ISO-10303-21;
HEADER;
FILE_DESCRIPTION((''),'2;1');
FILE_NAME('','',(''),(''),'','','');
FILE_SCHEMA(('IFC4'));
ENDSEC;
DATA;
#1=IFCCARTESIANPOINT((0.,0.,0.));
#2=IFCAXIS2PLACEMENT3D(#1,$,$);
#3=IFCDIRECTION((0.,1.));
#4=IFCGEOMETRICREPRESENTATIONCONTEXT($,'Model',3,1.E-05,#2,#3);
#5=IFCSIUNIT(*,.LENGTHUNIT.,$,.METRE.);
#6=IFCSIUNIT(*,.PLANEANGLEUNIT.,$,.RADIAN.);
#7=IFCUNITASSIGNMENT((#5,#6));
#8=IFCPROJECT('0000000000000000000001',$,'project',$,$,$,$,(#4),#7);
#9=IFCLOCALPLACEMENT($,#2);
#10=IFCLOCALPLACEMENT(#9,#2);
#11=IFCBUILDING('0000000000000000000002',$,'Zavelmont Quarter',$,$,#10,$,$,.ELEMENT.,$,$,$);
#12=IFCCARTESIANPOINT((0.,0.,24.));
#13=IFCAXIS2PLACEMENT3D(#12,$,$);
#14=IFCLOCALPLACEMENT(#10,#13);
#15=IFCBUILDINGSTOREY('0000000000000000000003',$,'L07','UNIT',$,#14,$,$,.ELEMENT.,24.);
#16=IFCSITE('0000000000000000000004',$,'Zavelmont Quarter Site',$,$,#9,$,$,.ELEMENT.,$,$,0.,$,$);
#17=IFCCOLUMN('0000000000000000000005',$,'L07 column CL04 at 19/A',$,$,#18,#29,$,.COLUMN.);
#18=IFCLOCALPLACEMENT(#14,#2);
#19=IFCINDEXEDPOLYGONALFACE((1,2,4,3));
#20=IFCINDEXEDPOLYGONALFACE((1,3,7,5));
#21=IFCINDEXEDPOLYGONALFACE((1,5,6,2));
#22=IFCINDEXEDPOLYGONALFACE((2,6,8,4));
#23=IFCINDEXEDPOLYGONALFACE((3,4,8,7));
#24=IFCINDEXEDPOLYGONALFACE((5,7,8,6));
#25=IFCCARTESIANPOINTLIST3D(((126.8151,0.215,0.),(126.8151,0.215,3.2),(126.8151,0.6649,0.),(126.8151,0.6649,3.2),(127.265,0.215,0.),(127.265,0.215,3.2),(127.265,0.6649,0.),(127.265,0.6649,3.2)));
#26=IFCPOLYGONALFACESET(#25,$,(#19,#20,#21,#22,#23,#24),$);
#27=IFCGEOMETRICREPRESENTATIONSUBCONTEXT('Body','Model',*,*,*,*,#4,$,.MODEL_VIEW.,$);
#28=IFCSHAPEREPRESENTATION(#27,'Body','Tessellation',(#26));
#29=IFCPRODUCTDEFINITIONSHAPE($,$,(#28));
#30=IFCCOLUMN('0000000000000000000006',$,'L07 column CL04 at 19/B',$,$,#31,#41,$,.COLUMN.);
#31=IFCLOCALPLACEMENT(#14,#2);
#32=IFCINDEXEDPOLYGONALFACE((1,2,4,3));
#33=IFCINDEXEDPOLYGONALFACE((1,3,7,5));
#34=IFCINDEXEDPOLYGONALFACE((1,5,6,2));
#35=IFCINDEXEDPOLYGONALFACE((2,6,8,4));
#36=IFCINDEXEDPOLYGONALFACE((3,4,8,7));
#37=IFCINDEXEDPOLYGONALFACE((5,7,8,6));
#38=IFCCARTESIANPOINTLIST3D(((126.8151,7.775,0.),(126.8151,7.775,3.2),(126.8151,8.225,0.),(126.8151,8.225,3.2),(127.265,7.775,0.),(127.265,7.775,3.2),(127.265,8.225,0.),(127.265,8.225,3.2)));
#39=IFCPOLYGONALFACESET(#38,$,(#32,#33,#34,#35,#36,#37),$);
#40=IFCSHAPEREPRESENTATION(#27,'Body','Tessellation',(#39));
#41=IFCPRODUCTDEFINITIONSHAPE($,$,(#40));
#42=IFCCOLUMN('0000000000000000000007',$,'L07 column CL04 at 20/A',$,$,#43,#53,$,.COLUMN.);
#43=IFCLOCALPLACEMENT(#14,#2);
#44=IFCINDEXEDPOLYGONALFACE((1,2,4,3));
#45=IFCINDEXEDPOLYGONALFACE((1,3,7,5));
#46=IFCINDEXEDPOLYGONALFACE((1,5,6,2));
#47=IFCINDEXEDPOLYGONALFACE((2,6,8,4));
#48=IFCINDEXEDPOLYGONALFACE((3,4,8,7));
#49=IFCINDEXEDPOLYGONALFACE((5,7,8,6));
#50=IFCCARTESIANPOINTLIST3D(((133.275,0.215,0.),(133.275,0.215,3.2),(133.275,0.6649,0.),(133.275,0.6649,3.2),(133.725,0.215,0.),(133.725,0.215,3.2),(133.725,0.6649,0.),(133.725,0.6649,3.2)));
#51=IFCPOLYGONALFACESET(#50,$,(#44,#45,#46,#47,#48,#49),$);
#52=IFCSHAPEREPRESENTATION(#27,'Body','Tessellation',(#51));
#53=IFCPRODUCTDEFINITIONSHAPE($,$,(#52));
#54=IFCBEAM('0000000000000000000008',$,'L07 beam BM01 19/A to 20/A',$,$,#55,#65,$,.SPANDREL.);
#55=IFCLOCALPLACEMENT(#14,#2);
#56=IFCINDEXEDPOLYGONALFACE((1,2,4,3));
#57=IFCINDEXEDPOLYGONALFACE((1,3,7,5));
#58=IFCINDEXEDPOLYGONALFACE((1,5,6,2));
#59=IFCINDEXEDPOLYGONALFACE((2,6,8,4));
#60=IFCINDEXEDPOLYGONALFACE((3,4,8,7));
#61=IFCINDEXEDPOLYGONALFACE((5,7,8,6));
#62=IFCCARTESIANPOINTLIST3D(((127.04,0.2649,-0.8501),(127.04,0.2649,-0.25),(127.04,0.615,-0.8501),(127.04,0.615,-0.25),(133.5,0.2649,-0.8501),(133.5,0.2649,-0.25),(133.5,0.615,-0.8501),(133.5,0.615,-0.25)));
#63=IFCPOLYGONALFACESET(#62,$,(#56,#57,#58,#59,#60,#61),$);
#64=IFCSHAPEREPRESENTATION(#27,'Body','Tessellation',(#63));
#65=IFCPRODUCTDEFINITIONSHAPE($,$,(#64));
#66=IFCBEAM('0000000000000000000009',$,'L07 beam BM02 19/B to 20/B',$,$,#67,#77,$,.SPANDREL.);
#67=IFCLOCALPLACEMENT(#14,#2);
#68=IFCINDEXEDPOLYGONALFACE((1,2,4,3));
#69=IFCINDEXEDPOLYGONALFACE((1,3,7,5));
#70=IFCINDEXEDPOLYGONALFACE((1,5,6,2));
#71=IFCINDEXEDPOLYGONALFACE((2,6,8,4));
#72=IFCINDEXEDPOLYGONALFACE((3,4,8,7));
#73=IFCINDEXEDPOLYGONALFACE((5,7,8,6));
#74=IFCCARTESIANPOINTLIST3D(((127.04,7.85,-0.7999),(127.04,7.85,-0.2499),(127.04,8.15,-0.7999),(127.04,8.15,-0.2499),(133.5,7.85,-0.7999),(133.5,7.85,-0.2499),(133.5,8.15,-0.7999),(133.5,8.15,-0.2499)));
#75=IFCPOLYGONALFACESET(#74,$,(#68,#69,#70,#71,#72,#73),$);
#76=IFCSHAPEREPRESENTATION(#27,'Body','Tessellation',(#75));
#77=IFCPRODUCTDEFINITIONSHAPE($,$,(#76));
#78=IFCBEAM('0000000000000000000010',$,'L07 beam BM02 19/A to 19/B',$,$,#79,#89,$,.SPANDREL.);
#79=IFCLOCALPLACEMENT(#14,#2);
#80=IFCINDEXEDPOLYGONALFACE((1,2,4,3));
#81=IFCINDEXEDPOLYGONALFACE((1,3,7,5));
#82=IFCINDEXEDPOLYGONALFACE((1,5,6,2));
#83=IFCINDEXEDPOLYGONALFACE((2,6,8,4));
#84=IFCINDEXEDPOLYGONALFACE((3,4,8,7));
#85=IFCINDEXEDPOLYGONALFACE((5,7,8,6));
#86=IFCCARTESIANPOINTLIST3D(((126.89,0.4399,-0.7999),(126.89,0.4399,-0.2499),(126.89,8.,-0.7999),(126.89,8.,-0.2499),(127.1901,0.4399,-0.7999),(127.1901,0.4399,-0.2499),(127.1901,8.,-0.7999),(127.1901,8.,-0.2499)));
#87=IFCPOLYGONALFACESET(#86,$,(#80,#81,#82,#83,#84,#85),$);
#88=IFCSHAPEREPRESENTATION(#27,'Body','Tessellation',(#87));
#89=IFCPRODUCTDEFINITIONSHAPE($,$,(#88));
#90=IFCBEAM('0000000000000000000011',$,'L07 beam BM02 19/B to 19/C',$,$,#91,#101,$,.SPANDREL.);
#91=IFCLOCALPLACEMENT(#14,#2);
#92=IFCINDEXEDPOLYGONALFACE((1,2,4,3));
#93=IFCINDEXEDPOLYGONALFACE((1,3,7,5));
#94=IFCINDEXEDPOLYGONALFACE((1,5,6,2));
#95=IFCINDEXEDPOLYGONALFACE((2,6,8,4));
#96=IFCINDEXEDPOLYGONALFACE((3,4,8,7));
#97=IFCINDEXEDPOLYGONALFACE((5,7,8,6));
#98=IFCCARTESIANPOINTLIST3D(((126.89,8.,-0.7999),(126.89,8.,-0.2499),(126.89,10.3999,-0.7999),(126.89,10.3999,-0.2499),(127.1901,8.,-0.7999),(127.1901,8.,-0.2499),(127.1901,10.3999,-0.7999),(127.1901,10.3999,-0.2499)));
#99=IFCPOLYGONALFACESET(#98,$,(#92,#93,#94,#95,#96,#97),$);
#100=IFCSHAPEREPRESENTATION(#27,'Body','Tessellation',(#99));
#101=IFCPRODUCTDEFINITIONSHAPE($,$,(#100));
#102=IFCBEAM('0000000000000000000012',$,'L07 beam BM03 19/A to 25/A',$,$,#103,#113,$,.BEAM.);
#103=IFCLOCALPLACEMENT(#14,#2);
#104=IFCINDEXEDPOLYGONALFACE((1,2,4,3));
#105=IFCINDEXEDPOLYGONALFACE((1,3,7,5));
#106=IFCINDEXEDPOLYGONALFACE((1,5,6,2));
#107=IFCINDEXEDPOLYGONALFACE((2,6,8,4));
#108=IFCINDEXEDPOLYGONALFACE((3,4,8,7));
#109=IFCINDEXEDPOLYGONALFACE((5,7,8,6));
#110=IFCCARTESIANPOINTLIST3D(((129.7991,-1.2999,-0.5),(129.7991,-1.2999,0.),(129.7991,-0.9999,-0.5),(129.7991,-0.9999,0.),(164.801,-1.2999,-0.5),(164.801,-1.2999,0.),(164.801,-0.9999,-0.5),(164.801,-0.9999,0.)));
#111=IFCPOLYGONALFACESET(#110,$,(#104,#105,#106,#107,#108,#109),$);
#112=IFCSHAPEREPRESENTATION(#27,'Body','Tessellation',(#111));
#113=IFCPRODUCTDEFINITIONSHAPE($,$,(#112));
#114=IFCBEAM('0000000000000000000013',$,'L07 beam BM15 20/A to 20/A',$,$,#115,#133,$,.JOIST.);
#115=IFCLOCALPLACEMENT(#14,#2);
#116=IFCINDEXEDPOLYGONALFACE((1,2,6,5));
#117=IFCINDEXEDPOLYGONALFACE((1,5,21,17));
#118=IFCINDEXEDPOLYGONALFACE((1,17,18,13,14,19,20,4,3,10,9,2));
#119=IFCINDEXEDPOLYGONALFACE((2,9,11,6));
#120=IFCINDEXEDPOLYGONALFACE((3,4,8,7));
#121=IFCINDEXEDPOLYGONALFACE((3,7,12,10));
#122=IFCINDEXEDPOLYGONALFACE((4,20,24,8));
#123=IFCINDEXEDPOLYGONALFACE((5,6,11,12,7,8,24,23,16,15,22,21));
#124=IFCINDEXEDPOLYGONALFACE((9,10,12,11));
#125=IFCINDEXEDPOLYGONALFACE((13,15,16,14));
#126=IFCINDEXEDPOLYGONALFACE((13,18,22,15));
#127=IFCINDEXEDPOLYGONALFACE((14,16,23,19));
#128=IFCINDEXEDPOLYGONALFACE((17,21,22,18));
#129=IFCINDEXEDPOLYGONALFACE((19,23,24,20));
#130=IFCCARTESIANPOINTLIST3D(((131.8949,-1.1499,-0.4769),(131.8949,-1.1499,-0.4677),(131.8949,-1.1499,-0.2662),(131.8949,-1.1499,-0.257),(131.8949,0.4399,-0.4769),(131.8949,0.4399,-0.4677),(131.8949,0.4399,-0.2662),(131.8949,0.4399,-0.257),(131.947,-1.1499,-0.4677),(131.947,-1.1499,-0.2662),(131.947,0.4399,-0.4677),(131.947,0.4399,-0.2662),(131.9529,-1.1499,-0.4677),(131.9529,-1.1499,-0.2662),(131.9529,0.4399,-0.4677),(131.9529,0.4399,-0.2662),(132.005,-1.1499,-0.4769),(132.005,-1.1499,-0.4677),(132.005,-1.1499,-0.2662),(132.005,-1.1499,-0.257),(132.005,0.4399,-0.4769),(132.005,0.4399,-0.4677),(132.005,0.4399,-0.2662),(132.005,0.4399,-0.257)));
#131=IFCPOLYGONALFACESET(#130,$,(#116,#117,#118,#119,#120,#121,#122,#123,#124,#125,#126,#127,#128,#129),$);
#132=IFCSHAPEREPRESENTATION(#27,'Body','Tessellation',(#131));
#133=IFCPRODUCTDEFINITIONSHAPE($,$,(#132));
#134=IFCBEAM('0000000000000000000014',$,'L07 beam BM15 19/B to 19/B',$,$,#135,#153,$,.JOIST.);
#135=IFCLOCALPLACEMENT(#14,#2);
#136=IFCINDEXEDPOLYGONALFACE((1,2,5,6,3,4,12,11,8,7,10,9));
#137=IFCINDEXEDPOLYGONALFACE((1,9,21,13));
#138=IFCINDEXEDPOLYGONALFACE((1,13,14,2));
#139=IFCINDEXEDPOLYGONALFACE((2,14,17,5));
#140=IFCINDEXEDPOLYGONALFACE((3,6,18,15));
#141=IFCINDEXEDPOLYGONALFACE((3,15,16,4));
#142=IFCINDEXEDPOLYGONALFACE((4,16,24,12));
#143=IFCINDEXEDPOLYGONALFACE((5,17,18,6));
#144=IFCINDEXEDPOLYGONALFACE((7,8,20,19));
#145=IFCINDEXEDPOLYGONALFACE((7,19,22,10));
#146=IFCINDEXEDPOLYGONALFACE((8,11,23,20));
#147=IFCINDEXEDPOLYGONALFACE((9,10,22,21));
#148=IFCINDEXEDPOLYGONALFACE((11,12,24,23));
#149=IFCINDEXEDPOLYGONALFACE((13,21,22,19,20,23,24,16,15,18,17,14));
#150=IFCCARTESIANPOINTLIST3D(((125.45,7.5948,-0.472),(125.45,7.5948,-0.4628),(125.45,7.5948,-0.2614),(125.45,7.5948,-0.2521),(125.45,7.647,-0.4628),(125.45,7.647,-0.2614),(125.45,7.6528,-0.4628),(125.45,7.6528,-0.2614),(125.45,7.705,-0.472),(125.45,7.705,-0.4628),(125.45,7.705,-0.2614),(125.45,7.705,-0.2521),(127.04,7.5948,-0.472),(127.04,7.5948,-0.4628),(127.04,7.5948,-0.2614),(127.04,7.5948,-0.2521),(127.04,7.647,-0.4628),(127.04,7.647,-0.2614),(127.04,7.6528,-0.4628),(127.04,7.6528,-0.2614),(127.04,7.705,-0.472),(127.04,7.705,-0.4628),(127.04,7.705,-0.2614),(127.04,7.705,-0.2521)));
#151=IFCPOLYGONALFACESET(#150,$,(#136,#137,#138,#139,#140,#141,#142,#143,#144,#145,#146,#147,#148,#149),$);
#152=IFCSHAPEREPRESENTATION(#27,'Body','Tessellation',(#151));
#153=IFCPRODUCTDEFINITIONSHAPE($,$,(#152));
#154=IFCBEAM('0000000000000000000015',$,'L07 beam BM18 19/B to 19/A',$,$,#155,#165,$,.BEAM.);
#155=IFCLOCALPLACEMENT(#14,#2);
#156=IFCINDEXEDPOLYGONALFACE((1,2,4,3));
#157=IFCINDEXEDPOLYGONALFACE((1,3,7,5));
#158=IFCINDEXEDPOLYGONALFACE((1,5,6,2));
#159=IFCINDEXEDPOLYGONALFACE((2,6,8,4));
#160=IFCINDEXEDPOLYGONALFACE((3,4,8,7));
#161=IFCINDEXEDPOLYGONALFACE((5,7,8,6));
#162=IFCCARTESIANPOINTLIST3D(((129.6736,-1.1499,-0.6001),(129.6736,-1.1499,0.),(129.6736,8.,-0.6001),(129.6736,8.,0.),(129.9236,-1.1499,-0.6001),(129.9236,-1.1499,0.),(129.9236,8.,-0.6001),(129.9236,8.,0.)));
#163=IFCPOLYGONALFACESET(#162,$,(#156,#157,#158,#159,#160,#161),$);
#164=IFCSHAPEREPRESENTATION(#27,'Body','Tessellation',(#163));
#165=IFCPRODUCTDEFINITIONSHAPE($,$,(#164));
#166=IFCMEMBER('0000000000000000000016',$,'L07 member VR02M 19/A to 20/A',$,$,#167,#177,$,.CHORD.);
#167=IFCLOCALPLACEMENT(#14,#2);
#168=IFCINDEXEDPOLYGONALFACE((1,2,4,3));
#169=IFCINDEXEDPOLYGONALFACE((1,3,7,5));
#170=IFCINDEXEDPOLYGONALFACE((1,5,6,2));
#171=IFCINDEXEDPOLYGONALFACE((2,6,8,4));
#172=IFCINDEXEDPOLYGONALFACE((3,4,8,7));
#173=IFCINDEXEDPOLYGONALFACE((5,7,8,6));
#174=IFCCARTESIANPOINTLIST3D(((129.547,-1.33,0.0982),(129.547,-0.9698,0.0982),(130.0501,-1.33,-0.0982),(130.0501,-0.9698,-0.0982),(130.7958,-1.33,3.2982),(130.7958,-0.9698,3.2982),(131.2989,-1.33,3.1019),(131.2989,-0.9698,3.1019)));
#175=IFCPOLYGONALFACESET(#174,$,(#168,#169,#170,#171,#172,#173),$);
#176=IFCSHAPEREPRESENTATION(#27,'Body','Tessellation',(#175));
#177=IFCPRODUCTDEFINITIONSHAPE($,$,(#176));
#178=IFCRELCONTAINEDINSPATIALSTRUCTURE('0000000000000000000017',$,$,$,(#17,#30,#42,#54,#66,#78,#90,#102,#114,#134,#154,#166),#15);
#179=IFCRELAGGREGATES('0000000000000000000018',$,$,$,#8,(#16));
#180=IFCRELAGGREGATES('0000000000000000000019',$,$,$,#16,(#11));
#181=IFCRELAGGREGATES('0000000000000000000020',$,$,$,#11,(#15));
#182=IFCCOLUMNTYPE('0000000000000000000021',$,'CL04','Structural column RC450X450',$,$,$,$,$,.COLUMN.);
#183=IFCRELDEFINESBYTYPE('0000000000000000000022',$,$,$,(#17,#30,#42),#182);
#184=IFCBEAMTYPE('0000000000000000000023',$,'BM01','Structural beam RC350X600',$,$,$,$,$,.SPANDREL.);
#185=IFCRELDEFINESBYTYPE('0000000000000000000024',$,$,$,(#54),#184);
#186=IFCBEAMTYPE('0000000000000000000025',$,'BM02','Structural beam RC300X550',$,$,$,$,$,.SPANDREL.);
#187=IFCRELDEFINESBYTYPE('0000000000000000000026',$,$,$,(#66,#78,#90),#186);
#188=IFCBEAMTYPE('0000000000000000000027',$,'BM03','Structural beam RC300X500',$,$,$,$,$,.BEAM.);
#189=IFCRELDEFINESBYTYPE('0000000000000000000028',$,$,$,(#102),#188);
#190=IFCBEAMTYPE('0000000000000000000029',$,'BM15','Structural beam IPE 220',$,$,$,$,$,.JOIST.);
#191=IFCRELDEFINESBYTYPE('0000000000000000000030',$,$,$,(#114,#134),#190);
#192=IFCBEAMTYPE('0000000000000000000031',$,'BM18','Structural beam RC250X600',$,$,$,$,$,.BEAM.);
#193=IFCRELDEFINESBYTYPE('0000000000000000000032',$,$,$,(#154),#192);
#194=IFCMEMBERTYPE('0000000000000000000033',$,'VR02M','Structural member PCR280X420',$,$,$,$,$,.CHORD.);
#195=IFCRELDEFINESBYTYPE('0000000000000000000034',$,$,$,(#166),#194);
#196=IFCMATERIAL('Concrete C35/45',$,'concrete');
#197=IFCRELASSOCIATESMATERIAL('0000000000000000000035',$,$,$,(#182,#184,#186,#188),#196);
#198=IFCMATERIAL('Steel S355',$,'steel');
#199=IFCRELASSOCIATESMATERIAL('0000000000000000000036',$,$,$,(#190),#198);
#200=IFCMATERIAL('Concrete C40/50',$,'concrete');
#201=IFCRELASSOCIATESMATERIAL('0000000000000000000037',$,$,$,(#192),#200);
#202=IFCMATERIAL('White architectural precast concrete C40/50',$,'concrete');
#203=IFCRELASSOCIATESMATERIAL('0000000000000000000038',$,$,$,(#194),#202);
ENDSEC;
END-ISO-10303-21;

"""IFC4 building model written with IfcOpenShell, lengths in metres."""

from ifc_helpers import new_model, si_unit, direction, frame, origin, origin_2d, place, context, subcontext, project, spatial, rectangle, i_section, extrude, material, material_profile, profile_set, type_object, element, save


model = new_model("IFC4")

# Units and contexts
model_context = context("Model", 3, precision=1e-05, world=origin(), true_north=direction((0.0, 1.0)))
body_context = subcontext(model_context, "Body", "Model", "MODEL_VIEW")
ifc_project = project(units=[si_unit("LENGTHUNIT", "METRE"), si_unit("PLANEANGLEUNIT", "RADIAN")], contexts=[model_context])

# Site, building, storey
site_placement = place(None, origin())
site = spatial("IfcSite", under=ifc_project, at=site_placement, Name="Zavelmont Quarter Site", CompositionType="ELEMENT", RefElevation=0.0)
building_placement = place(site_placement, origin())
building = spatial("IfcBuilding", under=site, at=building_placement, Name="Zavelmont Quarter", CompositionType="ELEMENT")
storey_placement = place(building_placement, frame((0.0, 0.0, 24.0)))
storey = spatial("IfcBuildingStorey", under=building, at=storey_placement, Name="L07", Description="UNIT", CompositionType="ELEMENT", Elevation=24.0)

# Columns
ifc_material_1 = material(Name="Concrete C35/45", Category="concrete")
ifc_material_profile_1 = material_profile(ifc_material_1, rectangle(XDim=0.45, YDim=0.45, at=origin_2d()), Name="RC450X450")
ifc_profile_set_1 = profile_set([ifc_material_profile_1], Name="Concrete C35/45")
column_type = type_object("IfcColumnType", Name="CL04", Description="Structural column RC450X450", PredefinedType="COLUMN", material=ifc_profile_set_1)
for number, where, z_axis, x_axis, name in (
    (1, (127.04, 0.4399, 0.0), (0.0, 0.0, 1.0), (1.0, 0.0, 0.0), "L07 column CL04 at 19/A"),
    (2, (127.04, 8.0, 0.0), (0.0, 0.0, 1.0), (1.0, 0.0, 0.0), "L07 column CL04 at 19/B"),
    (3, (133.5, 0.4399, 0.0), (0.0, 0.0, 1.0), (1.0, 0.0, 0.0), "L07 column CL04 at 20/A"),
):
    element("IfcColumn", number, at=place(storey_placement, frame(where, z_axis=z_axis, x_axis=x_axis)), inside=storey, type_object=column_type, Name=name, PredefinedType="COLUMN", context=body_context, shape_type="SweptSolid", body=[
        extrude(rectangle(XDim=0.45, YDim=0.45, at=origin_2d()), origin(), (0.0, 0.0, 1.0), 3.2),
    ])

# Beams
ifc_material_profile_2 = material_profile(ifc_material_1, rectangle(XDim=0.3501, YDim=0.6001, at=origin_2d()), Name="RC350X600")
ifc_profile_set_2 = profile_set([ifc_material_profile_2], Name="Concrete C35/45")
beam_type_1 = type_object("IfcBeamType", Name="BM01", Description="Structural beam RC350X600", PredefinedType="SPANDREL", material=ifc_profile_set_2)
beam_1_placement = place(storey_placement, frame((127.04, 0.4399, -0.55), z_axis=(1.0, 0.0, 0.0), x_axis=(0.0, 1.0, 0.0)))
element("IfcBeam", 4, at=beam_1_placement, inside=storey, type_object=beam_type_1, Name="L07 beam BM01 19/A to 20/A", PredefinedType="SPANDREL", context=body_context, shape_type="SweptSolid", body=[
    extrude(rectangle(XDim=0.3501, YDim=0.6001, at=origin_2d()), origin(), (0.0, 0.0, 1.0), 6.46),
])
ifc_material_profile_3 = material_profile(ifc_material_1, rectangle(XDim=0.3, YDim=0.55, at=origin_2d()), Name="RC300X550")
ifc_profile_set_3 = profile_set([ifc_material_profile_3], Name="Concrete C35/45")
beam_type_2 = type_object("IfcBeamType", Name="BM02", Description="Structural beam RC300X550", PredefinedType="SPANDREL", material=ifc_profile_set_3)
beam_2_placement = place(storey_placement, frame((127.04, 8.0, -0.5249), z_axis=(1.0, 0.0, 0.0), x_axis=(0.0, 1.0, 0.0)))
element("IfcBeam", 5, at=beam_2_placement, inside=storey, type_object=beam_type_2, Name="L07 beam BM02 19/B to 20/B", PredefinedType="SPANDREL", context=body_context, shape_type="SweptSolid", body=[
    extrude(rectangle(XDim=0.3, YDim=0.55, at=origin_2d()), origin(), (0.0, 0.0, 1.0), 6.46),
])
beam_3_placement = place(storey_placement, frame((127.04, 0.4399, -0.5249), z_axis=(0.0, 1.0, 0.0), x_axis=(-1.0, 0.0, 0.0)))
element("IfcBeam", 6, at=beam_3_placement, inside=storey, type_object=beam_type_2, Name="L07 beam BM02 19/A to 19/B", PredefinedType="SPANDREL", context=body_context, shape_type="SweptSolid", body=[
    extrude(rectangle(XDim=0.3, YDim=0.55, at=origin_2d()), origin(), (0.0, 0.0, 1.0), 7.5601),
])
beam_4_placement = place(storey_placement, frame((127.04, 8.0, -0.5249), z_axis=(0.0, 1.0, 0.0), x_axis=(-1.0, 0.0, 0.0)))
element("IfcBeam", 7, at=beam_4_placement, inside=storey, type_object=beam_type_2, Name="L07 beam BM02 19/B to 19/C", PredefinedType="SPANDREL", context=body_context, shape_type="SweptSolid", body=[
    extrude(rectangle(XDim=0.3, YDim=0.55, at=origin_2d()), origin(), (0.0, 0.0, 1.0), 2.3999),
])
ifc_material_profile_4 = material_profile(ifc_material_1, rectangle(XDim=0.3, YDim=0.5, at=origin_2d()), Name="RC300X500")
ifc_profile_set_4 = profile_set([ifc_material_profile_4], Name="Concrete C35/45")
beam_type_3 = type_object("IfcBeamType", Name="BM03", Description="Structural beam RC300X500", PredefinedType="BEAM", material=ifc_profile_set_4)
beam_5_placement = place(storey_placement, frame((129.7991, -1.1499, -0.25), z_axis=(1.0, 0.0, 0.0), x_axis=(0.0, 1.0, 0.0)))
element("IfcBeam", 8, at=beam_5_placement, inside=storey, type_object=beam_type_3, Name="L07 beam BM03 19/A to 25/A", PredefinedType="BEAM", context=body_context, shape_type="SweptSolid", body=[
    extrude(rectangle(XDim=0.3, YDim=0.5, at=origin_2d()), origin(), (0.0, 0.0, 1.0), 35.002),
])
ifc_material_2 = material(Name="Steel S355", Category="steel")
ifc_material_profile_5 = material_profile(ifc_material_2, i_section(OverallWidth=0.1101, OverallDepth=0.22, WebThickness=0.0059, FlangeThickness=0.0093, at=origin_2d()), Name="IPE 220")
ifc_profile_set_5 = profile_set([ifc_material_profile_5], Name="Steel S355")
beam_type_4 = type_object("IfcBeamType", Name="BM15", Description="Structural beam IPE 220", PredefinedType="JOIST", material=ifc_profile_set_5)
beam_6_placement = place(storey_placement, frame((131.95, 0.4399, -0.3669), z_axis=(0.0, -1.0, 0.0), x_axis=(1.0, 0.0, 0.0)))
element("IfcBeam", 9, at=beam_6_placement, inside=storey, type_object=beam_type_4, Name="L07 beam BM15 20/A to 20/A", PredefinedType="JOIST", context=body_context, shape_type="SweptSolid", body=[
    extrude(i_section(OverallWidth=0.1101, OverallDepth=0.22, WebThickness=0.0059, FlangeThickness=0.0093, at=origin_2d()), origin(), (0.0, 0.0, 1.0), 1.5898),
])
beam_7_placement = place(storey_placement, frame((127.04, 7.6499, -0.3621), z_axis=(-1.0, 0.0, 0.0), x_axis=(0.0, -1.0, 0.0)))
element("IfcBeam", 10, at=beam_7_placement, inside=storey, type_object=beam_type_4, Name="L07 beam BM15 19/B to 19/B", PredefinedType="JOIST", context=body_context, shape_type="SweptSolid", body=[
    extrude(i_section(OverallWidth=0.1101, OverallDepth=0.22, WebThickness=0.0059, FlangeThickness=0.0093, at=origin_2d()), origin(), (0.0, 0.0, 1.0), 1.5901),
])
ifc_material_3 = material(Name="Concrete C40/50", Category="concrete")
ifc_material_profile_6 = material_profile(ifc_material_3, rectangle(XDim=0.25, YDim=0.6001, at=origin_2d()), Name="RC250X600")
ifc_profile_set_6 = profile_set([ifc_material_profile_6], Name="Concrete C40/50")
beam_type_5 = type_object("IfcBeamType", Name="BM18", Description="Structural beam RC250X600", PredefinedType="BEAM", material=ifc_profile_set_6)
beam_8_placement = place(storey_placement, frame((129.7986, 8.0, -0.3), z_axis=(0.0, -1.0, 0.0), x_axis=(1.0, 0.0, 0.0)))
element("IfcBeam", 11, at=beam_8_placement, inside=storey, type_object=beam_type_5, Name="L07 beam BM18 19/B to 19/A", PredefinedType="BEAM", context=body_context, shape_type="SweptSolid", body=[
    extrude(rectangle(XDim=0.25, YDim=0.6001, at=origin_2d()), origin(), (0.0, 0.0, 1.0), 9.1499),
])

# Member
ifc_material_4 = material(Name="White architectural precast concrete C40/50", Category="concrete")
ifc_material_profile_7 = material_profile(ifc_material_4, rectangle(XDim=0.3601, YDim=0.54, at=origin_2d()), Name="PCR280X420")
ifc_profile_set_7 = profile_set([ifc_material_profile_7], Name="White architectural precast concrete C40/50")
member_type = type_object("IfcMemberType", Name="VR02M", Description="Structural member PCR280X420", PredefinedType="CHORD", material=ifc_profile_set_7)
member_placement = place(storey_placement, frame((129.7986, -1.1499, 0.0), z_axis=(0.363547, 0.0, 0.931576), x_axis=(0.0, 1.0, 0.0)))
element("IfcMember", 12, at=member_placement, inside=storey, type_object=member_type, Name="L07 member VR02M 19/A to 20/A", PredefinedType="CHORD", context=body_context, shape_type="SweptSolid", body=[
    extrude(rectangle(XDim=0.3601, YDim=0.54, at=origin_2d()), origin(), (0.0, 0.0, 1.0), 3.4351),
])

save(model, "model.ifc")
